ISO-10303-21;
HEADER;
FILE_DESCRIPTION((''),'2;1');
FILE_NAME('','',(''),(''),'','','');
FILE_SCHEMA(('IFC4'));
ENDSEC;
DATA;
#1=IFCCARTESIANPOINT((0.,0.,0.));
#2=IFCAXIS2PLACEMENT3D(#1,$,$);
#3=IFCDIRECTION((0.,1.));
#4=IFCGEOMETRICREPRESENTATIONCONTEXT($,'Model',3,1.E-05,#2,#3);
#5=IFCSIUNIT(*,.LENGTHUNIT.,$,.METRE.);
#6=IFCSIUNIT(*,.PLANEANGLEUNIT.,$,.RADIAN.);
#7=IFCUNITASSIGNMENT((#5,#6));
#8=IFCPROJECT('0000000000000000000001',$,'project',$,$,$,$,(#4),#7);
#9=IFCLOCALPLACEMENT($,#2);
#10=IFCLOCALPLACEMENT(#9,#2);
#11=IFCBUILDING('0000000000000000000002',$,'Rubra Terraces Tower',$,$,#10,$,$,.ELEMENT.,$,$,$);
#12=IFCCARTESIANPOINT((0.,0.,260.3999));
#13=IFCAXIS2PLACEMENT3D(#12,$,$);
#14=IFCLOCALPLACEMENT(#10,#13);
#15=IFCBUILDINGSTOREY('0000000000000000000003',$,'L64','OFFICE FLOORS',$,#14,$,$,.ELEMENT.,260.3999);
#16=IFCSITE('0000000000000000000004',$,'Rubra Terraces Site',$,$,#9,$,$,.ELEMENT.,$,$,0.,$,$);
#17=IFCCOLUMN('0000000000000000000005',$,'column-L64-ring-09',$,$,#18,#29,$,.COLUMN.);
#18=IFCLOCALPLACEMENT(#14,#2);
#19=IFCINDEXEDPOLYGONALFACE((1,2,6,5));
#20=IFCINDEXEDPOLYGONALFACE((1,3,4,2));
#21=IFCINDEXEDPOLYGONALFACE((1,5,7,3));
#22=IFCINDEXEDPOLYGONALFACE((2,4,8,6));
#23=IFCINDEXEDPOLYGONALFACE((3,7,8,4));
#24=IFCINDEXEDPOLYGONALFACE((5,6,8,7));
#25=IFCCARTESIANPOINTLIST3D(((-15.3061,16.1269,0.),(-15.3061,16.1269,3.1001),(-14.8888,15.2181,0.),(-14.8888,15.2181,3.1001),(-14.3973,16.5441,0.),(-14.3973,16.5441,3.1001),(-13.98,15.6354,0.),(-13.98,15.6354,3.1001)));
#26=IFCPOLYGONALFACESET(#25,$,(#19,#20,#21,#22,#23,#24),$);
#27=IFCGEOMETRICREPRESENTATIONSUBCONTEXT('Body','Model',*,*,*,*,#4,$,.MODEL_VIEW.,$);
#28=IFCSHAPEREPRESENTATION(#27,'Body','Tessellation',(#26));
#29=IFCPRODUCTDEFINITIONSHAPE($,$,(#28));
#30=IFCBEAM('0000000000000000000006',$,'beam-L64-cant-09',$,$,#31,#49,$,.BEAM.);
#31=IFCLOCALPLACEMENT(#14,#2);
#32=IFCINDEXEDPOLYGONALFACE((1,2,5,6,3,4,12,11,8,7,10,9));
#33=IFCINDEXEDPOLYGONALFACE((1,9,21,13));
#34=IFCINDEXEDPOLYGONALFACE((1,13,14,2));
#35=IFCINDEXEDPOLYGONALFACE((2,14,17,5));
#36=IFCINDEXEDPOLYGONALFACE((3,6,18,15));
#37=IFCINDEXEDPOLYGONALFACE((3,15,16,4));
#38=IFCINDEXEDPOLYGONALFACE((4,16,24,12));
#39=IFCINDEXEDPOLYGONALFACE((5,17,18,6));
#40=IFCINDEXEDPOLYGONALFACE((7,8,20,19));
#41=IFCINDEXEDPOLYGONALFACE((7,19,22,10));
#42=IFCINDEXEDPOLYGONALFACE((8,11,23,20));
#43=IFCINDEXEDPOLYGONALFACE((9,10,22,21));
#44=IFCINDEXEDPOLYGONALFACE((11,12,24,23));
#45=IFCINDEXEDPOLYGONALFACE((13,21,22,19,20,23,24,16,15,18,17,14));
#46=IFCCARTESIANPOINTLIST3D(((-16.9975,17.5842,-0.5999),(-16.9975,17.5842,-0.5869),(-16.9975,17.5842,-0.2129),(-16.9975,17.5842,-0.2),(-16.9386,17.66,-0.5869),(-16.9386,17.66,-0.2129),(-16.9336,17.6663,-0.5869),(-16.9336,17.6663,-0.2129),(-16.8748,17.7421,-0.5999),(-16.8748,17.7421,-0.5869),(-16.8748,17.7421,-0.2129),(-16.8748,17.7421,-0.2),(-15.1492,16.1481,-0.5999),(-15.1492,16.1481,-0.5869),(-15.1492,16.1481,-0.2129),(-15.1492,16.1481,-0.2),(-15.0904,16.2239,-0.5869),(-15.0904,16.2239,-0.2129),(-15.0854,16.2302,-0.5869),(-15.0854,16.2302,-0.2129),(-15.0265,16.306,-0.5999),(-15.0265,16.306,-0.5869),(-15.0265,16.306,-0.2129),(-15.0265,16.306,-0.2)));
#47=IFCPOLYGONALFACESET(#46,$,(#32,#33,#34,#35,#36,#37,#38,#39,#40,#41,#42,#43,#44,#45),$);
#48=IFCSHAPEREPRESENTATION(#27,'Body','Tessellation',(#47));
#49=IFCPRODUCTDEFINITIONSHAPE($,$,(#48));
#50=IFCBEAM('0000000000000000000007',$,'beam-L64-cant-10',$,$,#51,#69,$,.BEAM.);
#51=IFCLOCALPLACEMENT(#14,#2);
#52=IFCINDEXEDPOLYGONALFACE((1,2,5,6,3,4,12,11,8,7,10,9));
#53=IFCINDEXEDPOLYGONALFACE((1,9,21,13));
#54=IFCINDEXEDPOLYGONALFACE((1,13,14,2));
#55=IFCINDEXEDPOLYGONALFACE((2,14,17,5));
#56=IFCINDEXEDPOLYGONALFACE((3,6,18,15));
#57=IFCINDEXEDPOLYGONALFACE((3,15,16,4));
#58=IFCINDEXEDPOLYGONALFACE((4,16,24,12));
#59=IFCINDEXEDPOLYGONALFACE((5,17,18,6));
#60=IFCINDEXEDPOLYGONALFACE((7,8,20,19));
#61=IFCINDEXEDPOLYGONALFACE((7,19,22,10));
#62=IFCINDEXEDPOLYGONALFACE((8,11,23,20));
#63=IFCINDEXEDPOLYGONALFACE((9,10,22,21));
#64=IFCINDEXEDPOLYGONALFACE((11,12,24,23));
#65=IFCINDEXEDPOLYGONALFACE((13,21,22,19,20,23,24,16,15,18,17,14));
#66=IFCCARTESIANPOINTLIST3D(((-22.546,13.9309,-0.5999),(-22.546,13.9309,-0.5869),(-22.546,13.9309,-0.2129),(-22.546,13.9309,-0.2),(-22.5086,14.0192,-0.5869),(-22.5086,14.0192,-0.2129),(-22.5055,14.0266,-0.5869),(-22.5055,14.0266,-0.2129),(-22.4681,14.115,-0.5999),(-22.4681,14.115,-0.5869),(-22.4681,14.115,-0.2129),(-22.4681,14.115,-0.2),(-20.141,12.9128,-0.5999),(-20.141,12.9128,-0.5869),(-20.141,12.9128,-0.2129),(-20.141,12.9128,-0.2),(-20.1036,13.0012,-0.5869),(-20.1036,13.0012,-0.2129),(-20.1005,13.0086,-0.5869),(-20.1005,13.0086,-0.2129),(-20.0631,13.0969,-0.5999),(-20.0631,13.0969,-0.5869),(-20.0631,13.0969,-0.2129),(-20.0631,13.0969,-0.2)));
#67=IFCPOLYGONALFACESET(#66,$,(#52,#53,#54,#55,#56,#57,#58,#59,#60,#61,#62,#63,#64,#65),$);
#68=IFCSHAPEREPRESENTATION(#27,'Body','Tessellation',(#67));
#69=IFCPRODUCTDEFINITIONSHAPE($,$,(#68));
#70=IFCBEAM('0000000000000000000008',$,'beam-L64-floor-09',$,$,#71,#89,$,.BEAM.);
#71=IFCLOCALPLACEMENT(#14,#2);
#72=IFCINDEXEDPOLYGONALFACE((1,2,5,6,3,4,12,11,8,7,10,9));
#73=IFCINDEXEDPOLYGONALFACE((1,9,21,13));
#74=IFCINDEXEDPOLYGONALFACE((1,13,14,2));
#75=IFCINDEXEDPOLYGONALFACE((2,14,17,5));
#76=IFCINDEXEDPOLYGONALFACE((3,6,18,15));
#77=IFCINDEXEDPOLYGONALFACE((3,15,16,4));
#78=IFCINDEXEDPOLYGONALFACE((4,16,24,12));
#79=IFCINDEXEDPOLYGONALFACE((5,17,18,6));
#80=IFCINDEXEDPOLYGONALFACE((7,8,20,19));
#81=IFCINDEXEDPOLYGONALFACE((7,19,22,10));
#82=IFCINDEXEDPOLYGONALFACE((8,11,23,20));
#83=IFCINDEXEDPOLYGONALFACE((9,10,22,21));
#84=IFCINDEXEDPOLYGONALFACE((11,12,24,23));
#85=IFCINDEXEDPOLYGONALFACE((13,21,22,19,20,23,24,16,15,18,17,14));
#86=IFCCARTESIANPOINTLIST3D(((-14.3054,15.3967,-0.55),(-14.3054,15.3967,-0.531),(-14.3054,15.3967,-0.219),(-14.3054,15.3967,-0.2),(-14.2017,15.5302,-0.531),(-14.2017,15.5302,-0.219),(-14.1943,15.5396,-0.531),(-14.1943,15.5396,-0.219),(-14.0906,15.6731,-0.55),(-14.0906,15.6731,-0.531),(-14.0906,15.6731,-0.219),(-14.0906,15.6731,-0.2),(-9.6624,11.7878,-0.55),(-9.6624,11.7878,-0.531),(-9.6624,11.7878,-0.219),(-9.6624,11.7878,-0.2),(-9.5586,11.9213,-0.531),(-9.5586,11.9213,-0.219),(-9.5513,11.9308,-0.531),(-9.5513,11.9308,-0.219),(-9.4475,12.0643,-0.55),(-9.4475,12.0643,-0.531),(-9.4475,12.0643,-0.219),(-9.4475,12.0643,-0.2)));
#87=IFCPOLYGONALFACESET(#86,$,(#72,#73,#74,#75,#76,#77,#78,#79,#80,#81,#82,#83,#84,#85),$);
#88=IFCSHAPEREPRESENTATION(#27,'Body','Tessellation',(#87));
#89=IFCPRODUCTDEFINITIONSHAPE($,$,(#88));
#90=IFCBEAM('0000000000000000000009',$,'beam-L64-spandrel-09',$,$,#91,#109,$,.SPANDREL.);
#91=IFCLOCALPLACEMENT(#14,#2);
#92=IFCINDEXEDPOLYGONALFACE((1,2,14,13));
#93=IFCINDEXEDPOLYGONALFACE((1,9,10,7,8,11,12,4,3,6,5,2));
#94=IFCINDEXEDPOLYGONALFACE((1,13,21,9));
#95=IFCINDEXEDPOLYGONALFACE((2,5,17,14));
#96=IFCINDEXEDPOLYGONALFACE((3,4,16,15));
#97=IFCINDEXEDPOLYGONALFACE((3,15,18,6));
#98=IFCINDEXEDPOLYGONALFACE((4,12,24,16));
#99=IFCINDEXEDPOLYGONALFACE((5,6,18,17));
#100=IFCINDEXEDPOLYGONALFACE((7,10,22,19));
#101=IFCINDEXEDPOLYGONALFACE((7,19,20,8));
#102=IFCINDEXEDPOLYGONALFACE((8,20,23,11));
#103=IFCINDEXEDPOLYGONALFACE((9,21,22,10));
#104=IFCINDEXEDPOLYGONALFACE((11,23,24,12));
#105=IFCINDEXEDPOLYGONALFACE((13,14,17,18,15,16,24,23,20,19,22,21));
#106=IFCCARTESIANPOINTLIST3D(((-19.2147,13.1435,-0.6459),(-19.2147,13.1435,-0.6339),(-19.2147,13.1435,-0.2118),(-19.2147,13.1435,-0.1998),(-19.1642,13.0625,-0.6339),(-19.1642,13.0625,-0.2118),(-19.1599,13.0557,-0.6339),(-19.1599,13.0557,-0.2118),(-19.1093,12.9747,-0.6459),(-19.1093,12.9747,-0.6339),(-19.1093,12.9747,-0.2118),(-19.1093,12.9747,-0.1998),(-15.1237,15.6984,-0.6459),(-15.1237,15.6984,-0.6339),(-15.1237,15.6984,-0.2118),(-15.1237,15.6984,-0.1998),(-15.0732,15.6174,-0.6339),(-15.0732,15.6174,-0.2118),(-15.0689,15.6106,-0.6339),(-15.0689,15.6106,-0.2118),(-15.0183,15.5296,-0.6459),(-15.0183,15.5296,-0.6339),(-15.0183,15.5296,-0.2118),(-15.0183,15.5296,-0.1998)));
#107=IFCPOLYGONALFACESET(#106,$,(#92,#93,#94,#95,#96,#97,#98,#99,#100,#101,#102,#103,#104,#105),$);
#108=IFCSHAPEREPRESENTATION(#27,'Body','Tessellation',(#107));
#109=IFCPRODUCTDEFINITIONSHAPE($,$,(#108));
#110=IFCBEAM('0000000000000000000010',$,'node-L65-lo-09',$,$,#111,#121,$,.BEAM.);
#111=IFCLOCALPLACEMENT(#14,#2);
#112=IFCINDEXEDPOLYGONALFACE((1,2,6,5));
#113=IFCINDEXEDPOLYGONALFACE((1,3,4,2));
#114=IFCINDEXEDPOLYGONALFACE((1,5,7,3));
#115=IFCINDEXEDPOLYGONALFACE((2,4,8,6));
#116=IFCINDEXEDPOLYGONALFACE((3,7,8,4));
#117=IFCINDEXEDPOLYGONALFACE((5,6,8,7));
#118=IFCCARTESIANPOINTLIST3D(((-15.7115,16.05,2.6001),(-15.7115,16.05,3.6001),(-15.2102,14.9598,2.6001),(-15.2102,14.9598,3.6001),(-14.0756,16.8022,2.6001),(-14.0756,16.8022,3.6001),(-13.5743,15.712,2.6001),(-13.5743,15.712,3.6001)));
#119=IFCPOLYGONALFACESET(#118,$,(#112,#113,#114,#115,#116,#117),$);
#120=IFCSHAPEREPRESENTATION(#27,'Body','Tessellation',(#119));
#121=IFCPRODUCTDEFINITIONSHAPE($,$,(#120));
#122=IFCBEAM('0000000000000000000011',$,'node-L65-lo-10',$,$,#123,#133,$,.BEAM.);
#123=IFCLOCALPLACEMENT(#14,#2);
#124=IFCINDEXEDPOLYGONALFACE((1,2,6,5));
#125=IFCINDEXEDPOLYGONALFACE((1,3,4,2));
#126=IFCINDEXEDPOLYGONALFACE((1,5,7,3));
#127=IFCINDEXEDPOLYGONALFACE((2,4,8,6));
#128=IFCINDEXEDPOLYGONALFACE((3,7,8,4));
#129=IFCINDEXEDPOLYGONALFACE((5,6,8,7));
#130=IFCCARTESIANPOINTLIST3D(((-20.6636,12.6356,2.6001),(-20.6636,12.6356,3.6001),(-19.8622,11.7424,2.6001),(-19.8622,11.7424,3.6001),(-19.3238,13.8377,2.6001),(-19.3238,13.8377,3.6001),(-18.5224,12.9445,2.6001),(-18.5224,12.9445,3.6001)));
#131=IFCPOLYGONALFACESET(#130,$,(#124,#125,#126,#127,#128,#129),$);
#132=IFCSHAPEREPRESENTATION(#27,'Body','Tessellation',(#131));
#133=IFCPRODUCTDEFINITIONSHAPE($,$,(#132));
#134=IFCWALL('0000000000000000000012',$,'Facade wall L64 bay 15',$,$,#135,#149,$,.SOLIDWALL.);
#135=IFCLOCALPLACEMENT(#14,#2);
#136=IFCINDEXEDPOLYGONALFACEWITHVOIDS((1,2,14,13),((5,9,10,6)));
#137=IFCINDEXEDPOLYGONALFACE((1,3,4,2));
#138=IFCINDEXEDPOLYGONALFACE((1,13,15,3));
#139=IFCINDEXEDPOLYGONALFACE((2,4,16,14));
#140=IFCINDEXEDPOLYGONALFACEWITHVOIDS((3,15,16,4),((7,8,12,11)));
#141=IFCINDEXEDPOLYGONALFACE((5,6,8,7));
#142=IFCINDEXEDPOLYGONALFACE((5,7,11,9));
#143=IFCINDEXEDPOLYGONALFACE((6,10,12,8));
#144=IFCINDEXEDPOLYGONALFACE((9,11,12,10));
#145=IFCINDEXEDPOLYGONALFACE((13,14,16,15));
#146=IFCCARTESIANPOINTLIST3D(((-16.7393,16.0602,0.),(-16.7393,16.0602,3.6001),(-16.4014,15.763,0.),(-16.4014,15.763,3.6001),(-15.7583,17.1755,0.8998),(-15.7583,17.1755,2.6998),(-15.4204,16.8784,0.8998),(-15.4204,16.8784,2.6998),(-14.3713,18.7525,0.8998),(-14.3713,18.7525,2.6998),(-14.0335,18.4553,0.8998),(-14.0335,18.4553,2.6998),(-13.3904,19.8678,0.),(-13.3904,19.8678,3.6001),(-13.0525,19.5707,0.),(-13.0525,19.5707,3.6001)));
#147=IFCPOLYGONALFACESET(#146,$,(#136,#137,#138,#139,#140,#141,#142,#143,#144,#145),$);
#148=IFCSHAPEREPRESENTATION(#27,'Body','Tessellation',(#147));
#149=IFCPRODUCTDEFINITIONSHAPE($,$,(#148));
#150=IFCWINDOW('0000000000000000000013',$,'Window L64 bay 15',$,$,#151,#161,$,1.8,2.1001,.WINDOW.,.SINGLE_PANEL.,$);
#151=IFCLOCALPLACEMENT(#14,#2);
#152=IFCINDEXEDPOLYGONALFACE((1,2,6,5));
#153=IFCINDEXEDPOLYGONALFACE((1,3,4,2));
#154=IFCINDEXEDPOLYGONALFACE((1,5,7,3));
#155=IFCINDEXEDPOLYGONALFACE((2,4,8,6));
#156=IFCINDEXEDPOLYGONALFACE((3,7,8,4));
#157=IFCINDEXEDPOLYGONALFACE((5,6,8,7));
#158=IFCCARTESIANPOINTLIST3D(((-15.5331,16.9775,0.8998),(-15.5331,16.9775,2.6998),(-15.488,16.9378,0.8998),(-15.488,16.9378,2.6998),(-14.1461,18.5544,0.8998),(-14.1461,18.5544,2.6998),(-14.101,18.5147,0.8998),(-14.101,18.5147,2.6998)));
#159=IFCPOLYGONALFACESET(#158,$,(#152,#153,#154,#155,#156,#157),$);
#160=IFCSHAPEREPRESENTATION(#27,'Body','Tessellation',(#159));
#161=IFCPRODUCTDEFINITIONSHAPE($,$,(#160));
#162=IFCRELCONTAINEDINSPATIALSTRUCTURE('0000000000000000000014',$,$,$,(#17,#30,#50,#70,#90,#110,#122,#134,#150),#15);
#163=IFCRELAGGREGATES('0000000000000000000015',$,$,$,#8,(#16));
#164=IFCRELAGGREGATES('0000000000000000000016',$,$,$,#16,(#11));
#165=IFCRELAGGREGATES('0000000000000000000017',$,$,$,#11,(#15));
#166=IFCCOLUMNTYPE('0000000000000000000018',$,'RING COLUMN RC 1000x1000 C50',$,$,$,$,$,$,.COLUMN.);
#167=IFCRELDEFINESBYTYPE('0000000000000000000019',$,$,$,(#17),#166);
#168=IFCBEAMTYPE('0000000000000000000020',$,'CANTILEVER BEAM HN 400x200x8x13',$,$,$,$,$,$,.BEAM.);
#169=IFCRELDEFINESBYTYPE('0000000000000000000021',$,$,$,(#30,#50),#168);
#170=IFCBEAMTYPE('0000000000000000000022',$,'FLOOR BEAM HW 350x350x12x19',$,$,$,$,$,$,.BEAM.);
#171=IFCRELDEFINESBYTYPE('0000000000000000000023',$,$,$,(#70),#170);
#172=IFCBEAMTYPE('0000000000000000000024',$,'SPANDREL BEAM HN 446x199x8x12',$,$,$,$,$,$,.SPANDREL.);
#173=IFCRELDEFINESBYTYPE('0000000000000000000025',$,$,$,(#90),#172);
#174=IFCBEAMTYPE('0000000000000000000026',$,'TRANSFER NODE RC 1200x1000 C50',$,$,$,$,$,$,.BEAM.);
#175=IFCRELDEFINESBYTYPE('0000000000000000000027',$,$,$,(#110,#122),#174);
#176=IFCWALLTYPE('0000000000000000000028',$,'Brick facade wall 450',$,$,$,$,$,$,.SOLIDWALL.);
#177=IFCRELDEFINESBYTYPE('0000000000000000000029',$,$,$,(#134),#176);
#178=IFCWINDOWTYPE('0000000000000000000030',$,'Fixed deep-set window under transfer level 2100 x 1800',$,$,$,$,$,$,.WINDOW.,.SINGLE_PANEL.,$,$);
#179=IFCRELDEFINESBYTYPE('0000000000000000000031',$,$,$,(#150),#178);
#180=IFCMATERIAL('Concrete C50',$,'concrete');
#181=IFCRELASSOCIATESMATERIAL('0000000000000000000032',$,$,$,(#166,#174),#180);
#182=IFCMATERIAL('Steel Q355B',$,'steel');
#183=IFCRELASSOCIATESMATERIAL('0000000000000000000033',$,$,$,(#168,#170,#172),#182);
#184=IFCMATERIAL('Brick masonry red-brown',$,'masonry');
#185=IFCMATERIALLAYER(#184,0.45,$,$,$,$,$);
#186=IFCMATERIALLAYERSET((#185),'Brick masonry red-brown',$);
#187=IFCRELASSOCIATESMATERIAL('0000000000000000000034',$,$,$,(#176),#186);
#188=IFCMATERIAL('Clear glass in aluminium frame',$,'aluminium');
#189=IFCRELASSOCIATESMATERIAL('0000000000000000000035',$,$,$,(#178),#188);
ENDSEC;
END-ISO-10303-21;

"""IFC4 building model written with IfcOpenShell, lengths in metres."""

from ifc_helpers import new_model, si_unit, direction, frame, frame_2d, origin, origin_2d, place, context, subcontext, project, spatial, rectangle, i_section, extrude, material, layer, layer_set, material_profile, profile_set, type_object, element, fill, save


model = new_model("IFC4")

# Units and contexts
model_context = context("Model", 3, precision=1e-05, world=origin(), true_north=direction((0.0, 1.0)))
body_context = subcontext(model_context, "Body", "Model", "MODEL_VIEW")
ifc_project = project(units=[si_unit("LENGTHUNIT", "METRE"), si_unit("PLANEANGLEUNIT", "RADIAN")], contexts=[model_context])

# Site, building, storey
site_placement = place(None, origin())
site = spatial("IfcSite", under=ifc_project, at=site_placement, Name="Rubra Terraces Site", CompositionType="ELEMENT", RefElevation=0.0)
building_placement = place(site_placement, origin())
building = spatial("IfcBuilding", under=site, at=building_placement, Name="Rubra Terraces Tower", CompositionType="ELEMENT")
storey_placement = place(building_placement, frame((0.0, 0.0, 260.3999)))
storey = spatial("IfcBuildingStorey", under=building, at=storey_placement, Name="L64", Description="OFFICE FLOORS", CompositionType="ELEMENT", Elevation=260.3999)

# Column
ifc_material_1 = material(Name="Concrete C50", Category="concrete")
ifc_material_profile_1 = material_profile(ifc_material_1, rectangle(XDim=1.0, YDim=1.0, at=origin_2d()), Name="RC 1000x1000")
ifc_profile_set_1 = profile_set([ifc_material_profile_1], Name="Concrete C50")
column_type = type_object("IfcColumnType", Name="RING COLUMN RC 1000x1000 C50", PredefinedType="COLUMN", material=ifc_profile_set_1)
column_placement = place(storey_placement, frame((-14.6431, 15.8811, 0.0), z_axis=(0.0, 0.0, 1.0), x_axis=(-0.908779, -0.417279, 0.0)))
element("IfcColumn", 1, at=column_placement, inside=storey, type_object=column_type, Name="column-L64-ring-09", PredefinedType="COLUMN", context=body_context, shape_type="SweptSolid", body=[
    extrude(rectangle(XDim=1.0, YDim=1.0, at=origin_2d()), origin(), (0.0, 0.0, 1.0), 3.1001),
])

# Beams
ifc_material_2 = material(Name="Steel Q355B", Category="steel")
ifc_material_profile_2 = material_profile(ifc_material_2, i_section(OverallWidth=0.2, OverallDepth=0.3999, WebThickness=0.0081, FlangeThickness=0.0129, at=origin_2d()), Name="HN 400x200x8x13")
ifc_profile_set_2 = profile_set([ifc_material_profile_2], Name="Steel Q355B")
beam_type_1 = type_object("IfcBeamType", Name="CANTILEVER BEAM HN 400x200x8x13", PredefinedType="BEAM", material=ifc_profile_set_2)
beam_1_placement = place(storey_placement, frame((-15.0879, 16.2271, -0.3999), z_axis=(-0.789644, 0.613565, 0.0), x_axis=(-0.613565, -0.789644, 0.0)))
element("IfcBeam", 2, at=beam_1_placement, inside=storey, type_object=beam_type_1, Name="beam-L64-cant-09", PredefinedType="BEAM", context=body_context, shape_type="SweptSolid", body=[
    extrude(i_section(OverallWidth=0.2, OverallDepth=0.3999, WebThickness=0.0081, FlangeThickness=0.0129, at=origin_2d()), origin(), (0.0, 0.0, 1.0), 2.3406),
])
beam_2_placement = place(storey_placement, frame((-20.1021, 13.0049, -0.3999), z_axis=(-0.920891, 0.38982, 0.0), x_axis=(-0.38982, -0.920891, 0.0)))
element("IfcBeam", 3, at=beam_2_placement, inside=storey, type_object=beam_type_1, Name="beam-L64-cant-10", PredefinedType="BEAM", context=body_context, shape_type="SweptSolid", body=[
    extrude(i_section(OverallWidth=0.2, OverallDepth=0.3999, WebThickness=0.0081, FlangeThickness=0.0129, at=origin_2d()), origin(), (0.0, 0.0, 1.0), 2.6116),
])
ifc_material_profile_3 = material_profile(ifc_material_2, i_section(OverallWidth=0.3501, OverallDepth=0.3501, WebThickness=0.012, FlangeThickness=0.019, at=origin_2d()), Name="HW 350x350x12x19")
ifc_profile_set_3 = profile_set([ifc_material_profile_3], Name="Steel Q355B")
beam_type_2 = type_object("IfcBeamType", Name="FLOOR BEAM HW 350x350x12x19", PredefinedType="BEAM", material=ifc_profile_set_3)
beam_3_placement = place(storey_placement, frame((-14.198, 15.5349, -0.375), z_axis=(0.789549, -0.613688, 0.0), x_axis=(0.613688, 0.789549, 0.0)))
element("IfcBeam", 4, at=beam_3_placement, inside=storey, type_object=beam_type_2, Name="beam-L64-floor-09", PredefinedType="BEAM", context=body_context, shape_type="SweptSolid", body=[
    extrude(i_section(OverallWidth=0.3501, OverallDepth=0.3501, WebThickness=0.012, FlangeThickness=0.019, at=origin_2d()), origin(), (0.0, 0.0, 1.0), 5.8806),
])
ifc_material_profile_4 = material_profile(ifc_material_2, i_section(OverallWidth=0.199, OverallDepth=0.446, WebThickness=0.0081, FlangeThickness=0.012, at=origin_2d()), Name="HN 446x199x8x12")
ifc_profile_set_4 = profile_set([ifc_material_profile_4], Name="Steel Q355B")
beam_type_3 = type_object("IfcBeamType", Name="SPANDREL BEAM HN 446x199x8x12", PredefinedType="SPANDREL", material=ifc_profile_set_4)
beam_4_placement = place(storey_placement, frame((-15.071, 15.614, -0.4229), z_axis=(-0.848183, -0.529703, 0.0), x_axis=(0.529703, -0.848183, 0.0)))
element("IfcBeam", 5, at=beam_4_placement, inside=storey, type_object=beam_type_3, Name="beam-L64-spandrel-09", PredefinedType="SPANDREL", context=body_context, shape_type="SweptSolid", body=[
    extrude(i_section(OverallWidth=0.199, OverallDepth=0.446, WebThickness=0.0081, FlangeThickness=0.012, at=origin_2d()), origin(), (0.0, 0.0, 1.0), 4.8232),
])
ifc_material_profile_5 = material_profile(ifc_material_1, rectangle(XDim=1.2, YDim=1.0, at=origin_2d()), Name="RC 1200x1000")
ifc_profile_set_5 = profile_set([ifc_material_profile_5], Name="Concrete C50")
beam_type_4 = type_object("IfcBeamType", Name="TRANSFER NODE RC 1200x1000 C50", PredefinedType="BEAM", material=ifc_profile_set_5)
beam_5_placement = place(storey_placement, frame((-13.825, 16.2571, 3.1001), z_axis=(-0.908566, -0.417742, 0.0), x_axis=(0.417742, -0.908566, 0.0)))
element("IfcBeam", 6, at=beam_5_placement, inside=storey, type_object=beam_type_4, Name="node-L65-lo-09", PredefinedType="BEAM", context=body_context, shape_type="SweptSolid", body=[
    extrude(rectangle(XDim=1.2, YDim=1.0, at=origin_2d()), origin(), (0.0, 0.0, 1.0), 1.8005),
])
beam_6_placement = place(storey_placement, frame((-18.9231, 13.3911, 3.1001), z_axis=(-0.744318, -0.667825, 0.0), x_axis=(0.667825, -0.744318, 0.0)))
element("IfcBeam", 7, at=beam_6_placement, inside=storey, type_object=beam_type_4, Name="node-L65-lo-10", PredefinedType="BEAM", context=body_context, shape_type="SweptSolid", body=[
    extrude(rectangle(XDim=1.2, YDim=1.0, at=origin_2d()), origin(), (0.0, 0.0, 1.0), 1.8),
])

# Wall, opening, window
ifc_material_3 = material(Name="Brick masonry red-brown", Category="masonry")
ifc_layer_1 = layer(ifc_material_3, 0.45)
ifc_layer_set_1 = layer_set([ifc_layer_1], Name="Brick masonry red-brown")
wall_type_1 = type_object("IfcWallType", Name="Brick facade wall 450", PredefinedType="SOLIDWALL", material=ifc_layer_set_1)
wall_1_placement = place(storey_placement, frame((-13.2214, 19.7192, 0.0), z_axis=(0.0, 0.0, 1.0), x_axis=(-0.660425, -0.750892, 0.0)))
wall_1 = element("IfcWall", 8, at=wall_1_placement, inside=storey, type_object=wall_type_1, Name="Facade wall L64 bay 15", PredefinedType="SOLIDWALL", context=body_context, shape_type="SweptSolid", body=[
    extrude(rectangle(XDim=5.0708, YDim=0.45, at=frame_2d((2.5354, 0.0))), origin(), (0.0, 0.0, 1.0), 3.6001),
])
opening_1_placement = place(wall_1_placement, frame((1.4854, 0.0, 0.8999)))
opening_1 = element("IfcOpeningElement", 9, at=opening_1_placement, cuts=wall_1, PredefinedType="OPENING", context=body_context, shape_type="SweptSolid", body=[
    extrude(rectangle(XDim=2.1001, YDim=1.8, at=frame_2d((1.05, 0.8999))), frame((0.0, 0.2349, 0.0), z_axis=(0.0, -1.0, 0.0), x_axis=(1.0, 0.0, 0.0)), (0.0, 0.0, 1.0), 0.47),
])
ifc_material_4 = material(Name="Clear glass in aluminium frame", Category="aluminium")
window_type = type_object("IfcWindowType", Name="Fixed deep-set window under transfer level 2100 x 1800", PartitioningType="SINGLE_PANEL", PredefinedType="WINDOW", material=ifc_material_4)
window_1_placement = place(opening_1_placement, origin())
window_1 = element("IfcWindow", 10, at=window_1_placement, inside=storey, type_object=window_type, Name="Window L64 bay 15", OverallHeight=1.8, OverallWidth=2.1001, PartitioningType="SINGLE_PANEL", PredefinedType="WINDOW", context=body_context, shape_type="SweptSolid", body=[
    extrude(rectangle(XDim=2.1001, YDim=1.8, at=frame_2d((1.05, 0.8999))), frame((0.0, 0.135, 0.0), z_axis=(0.0, -1.0, 0.0), x_axis=(1.0, 0.0, 0.0)), (0.0, 0.0, 1.0), 0.0601),
])
fill(opening_1, window_1)

save(model, "model.ifc")
